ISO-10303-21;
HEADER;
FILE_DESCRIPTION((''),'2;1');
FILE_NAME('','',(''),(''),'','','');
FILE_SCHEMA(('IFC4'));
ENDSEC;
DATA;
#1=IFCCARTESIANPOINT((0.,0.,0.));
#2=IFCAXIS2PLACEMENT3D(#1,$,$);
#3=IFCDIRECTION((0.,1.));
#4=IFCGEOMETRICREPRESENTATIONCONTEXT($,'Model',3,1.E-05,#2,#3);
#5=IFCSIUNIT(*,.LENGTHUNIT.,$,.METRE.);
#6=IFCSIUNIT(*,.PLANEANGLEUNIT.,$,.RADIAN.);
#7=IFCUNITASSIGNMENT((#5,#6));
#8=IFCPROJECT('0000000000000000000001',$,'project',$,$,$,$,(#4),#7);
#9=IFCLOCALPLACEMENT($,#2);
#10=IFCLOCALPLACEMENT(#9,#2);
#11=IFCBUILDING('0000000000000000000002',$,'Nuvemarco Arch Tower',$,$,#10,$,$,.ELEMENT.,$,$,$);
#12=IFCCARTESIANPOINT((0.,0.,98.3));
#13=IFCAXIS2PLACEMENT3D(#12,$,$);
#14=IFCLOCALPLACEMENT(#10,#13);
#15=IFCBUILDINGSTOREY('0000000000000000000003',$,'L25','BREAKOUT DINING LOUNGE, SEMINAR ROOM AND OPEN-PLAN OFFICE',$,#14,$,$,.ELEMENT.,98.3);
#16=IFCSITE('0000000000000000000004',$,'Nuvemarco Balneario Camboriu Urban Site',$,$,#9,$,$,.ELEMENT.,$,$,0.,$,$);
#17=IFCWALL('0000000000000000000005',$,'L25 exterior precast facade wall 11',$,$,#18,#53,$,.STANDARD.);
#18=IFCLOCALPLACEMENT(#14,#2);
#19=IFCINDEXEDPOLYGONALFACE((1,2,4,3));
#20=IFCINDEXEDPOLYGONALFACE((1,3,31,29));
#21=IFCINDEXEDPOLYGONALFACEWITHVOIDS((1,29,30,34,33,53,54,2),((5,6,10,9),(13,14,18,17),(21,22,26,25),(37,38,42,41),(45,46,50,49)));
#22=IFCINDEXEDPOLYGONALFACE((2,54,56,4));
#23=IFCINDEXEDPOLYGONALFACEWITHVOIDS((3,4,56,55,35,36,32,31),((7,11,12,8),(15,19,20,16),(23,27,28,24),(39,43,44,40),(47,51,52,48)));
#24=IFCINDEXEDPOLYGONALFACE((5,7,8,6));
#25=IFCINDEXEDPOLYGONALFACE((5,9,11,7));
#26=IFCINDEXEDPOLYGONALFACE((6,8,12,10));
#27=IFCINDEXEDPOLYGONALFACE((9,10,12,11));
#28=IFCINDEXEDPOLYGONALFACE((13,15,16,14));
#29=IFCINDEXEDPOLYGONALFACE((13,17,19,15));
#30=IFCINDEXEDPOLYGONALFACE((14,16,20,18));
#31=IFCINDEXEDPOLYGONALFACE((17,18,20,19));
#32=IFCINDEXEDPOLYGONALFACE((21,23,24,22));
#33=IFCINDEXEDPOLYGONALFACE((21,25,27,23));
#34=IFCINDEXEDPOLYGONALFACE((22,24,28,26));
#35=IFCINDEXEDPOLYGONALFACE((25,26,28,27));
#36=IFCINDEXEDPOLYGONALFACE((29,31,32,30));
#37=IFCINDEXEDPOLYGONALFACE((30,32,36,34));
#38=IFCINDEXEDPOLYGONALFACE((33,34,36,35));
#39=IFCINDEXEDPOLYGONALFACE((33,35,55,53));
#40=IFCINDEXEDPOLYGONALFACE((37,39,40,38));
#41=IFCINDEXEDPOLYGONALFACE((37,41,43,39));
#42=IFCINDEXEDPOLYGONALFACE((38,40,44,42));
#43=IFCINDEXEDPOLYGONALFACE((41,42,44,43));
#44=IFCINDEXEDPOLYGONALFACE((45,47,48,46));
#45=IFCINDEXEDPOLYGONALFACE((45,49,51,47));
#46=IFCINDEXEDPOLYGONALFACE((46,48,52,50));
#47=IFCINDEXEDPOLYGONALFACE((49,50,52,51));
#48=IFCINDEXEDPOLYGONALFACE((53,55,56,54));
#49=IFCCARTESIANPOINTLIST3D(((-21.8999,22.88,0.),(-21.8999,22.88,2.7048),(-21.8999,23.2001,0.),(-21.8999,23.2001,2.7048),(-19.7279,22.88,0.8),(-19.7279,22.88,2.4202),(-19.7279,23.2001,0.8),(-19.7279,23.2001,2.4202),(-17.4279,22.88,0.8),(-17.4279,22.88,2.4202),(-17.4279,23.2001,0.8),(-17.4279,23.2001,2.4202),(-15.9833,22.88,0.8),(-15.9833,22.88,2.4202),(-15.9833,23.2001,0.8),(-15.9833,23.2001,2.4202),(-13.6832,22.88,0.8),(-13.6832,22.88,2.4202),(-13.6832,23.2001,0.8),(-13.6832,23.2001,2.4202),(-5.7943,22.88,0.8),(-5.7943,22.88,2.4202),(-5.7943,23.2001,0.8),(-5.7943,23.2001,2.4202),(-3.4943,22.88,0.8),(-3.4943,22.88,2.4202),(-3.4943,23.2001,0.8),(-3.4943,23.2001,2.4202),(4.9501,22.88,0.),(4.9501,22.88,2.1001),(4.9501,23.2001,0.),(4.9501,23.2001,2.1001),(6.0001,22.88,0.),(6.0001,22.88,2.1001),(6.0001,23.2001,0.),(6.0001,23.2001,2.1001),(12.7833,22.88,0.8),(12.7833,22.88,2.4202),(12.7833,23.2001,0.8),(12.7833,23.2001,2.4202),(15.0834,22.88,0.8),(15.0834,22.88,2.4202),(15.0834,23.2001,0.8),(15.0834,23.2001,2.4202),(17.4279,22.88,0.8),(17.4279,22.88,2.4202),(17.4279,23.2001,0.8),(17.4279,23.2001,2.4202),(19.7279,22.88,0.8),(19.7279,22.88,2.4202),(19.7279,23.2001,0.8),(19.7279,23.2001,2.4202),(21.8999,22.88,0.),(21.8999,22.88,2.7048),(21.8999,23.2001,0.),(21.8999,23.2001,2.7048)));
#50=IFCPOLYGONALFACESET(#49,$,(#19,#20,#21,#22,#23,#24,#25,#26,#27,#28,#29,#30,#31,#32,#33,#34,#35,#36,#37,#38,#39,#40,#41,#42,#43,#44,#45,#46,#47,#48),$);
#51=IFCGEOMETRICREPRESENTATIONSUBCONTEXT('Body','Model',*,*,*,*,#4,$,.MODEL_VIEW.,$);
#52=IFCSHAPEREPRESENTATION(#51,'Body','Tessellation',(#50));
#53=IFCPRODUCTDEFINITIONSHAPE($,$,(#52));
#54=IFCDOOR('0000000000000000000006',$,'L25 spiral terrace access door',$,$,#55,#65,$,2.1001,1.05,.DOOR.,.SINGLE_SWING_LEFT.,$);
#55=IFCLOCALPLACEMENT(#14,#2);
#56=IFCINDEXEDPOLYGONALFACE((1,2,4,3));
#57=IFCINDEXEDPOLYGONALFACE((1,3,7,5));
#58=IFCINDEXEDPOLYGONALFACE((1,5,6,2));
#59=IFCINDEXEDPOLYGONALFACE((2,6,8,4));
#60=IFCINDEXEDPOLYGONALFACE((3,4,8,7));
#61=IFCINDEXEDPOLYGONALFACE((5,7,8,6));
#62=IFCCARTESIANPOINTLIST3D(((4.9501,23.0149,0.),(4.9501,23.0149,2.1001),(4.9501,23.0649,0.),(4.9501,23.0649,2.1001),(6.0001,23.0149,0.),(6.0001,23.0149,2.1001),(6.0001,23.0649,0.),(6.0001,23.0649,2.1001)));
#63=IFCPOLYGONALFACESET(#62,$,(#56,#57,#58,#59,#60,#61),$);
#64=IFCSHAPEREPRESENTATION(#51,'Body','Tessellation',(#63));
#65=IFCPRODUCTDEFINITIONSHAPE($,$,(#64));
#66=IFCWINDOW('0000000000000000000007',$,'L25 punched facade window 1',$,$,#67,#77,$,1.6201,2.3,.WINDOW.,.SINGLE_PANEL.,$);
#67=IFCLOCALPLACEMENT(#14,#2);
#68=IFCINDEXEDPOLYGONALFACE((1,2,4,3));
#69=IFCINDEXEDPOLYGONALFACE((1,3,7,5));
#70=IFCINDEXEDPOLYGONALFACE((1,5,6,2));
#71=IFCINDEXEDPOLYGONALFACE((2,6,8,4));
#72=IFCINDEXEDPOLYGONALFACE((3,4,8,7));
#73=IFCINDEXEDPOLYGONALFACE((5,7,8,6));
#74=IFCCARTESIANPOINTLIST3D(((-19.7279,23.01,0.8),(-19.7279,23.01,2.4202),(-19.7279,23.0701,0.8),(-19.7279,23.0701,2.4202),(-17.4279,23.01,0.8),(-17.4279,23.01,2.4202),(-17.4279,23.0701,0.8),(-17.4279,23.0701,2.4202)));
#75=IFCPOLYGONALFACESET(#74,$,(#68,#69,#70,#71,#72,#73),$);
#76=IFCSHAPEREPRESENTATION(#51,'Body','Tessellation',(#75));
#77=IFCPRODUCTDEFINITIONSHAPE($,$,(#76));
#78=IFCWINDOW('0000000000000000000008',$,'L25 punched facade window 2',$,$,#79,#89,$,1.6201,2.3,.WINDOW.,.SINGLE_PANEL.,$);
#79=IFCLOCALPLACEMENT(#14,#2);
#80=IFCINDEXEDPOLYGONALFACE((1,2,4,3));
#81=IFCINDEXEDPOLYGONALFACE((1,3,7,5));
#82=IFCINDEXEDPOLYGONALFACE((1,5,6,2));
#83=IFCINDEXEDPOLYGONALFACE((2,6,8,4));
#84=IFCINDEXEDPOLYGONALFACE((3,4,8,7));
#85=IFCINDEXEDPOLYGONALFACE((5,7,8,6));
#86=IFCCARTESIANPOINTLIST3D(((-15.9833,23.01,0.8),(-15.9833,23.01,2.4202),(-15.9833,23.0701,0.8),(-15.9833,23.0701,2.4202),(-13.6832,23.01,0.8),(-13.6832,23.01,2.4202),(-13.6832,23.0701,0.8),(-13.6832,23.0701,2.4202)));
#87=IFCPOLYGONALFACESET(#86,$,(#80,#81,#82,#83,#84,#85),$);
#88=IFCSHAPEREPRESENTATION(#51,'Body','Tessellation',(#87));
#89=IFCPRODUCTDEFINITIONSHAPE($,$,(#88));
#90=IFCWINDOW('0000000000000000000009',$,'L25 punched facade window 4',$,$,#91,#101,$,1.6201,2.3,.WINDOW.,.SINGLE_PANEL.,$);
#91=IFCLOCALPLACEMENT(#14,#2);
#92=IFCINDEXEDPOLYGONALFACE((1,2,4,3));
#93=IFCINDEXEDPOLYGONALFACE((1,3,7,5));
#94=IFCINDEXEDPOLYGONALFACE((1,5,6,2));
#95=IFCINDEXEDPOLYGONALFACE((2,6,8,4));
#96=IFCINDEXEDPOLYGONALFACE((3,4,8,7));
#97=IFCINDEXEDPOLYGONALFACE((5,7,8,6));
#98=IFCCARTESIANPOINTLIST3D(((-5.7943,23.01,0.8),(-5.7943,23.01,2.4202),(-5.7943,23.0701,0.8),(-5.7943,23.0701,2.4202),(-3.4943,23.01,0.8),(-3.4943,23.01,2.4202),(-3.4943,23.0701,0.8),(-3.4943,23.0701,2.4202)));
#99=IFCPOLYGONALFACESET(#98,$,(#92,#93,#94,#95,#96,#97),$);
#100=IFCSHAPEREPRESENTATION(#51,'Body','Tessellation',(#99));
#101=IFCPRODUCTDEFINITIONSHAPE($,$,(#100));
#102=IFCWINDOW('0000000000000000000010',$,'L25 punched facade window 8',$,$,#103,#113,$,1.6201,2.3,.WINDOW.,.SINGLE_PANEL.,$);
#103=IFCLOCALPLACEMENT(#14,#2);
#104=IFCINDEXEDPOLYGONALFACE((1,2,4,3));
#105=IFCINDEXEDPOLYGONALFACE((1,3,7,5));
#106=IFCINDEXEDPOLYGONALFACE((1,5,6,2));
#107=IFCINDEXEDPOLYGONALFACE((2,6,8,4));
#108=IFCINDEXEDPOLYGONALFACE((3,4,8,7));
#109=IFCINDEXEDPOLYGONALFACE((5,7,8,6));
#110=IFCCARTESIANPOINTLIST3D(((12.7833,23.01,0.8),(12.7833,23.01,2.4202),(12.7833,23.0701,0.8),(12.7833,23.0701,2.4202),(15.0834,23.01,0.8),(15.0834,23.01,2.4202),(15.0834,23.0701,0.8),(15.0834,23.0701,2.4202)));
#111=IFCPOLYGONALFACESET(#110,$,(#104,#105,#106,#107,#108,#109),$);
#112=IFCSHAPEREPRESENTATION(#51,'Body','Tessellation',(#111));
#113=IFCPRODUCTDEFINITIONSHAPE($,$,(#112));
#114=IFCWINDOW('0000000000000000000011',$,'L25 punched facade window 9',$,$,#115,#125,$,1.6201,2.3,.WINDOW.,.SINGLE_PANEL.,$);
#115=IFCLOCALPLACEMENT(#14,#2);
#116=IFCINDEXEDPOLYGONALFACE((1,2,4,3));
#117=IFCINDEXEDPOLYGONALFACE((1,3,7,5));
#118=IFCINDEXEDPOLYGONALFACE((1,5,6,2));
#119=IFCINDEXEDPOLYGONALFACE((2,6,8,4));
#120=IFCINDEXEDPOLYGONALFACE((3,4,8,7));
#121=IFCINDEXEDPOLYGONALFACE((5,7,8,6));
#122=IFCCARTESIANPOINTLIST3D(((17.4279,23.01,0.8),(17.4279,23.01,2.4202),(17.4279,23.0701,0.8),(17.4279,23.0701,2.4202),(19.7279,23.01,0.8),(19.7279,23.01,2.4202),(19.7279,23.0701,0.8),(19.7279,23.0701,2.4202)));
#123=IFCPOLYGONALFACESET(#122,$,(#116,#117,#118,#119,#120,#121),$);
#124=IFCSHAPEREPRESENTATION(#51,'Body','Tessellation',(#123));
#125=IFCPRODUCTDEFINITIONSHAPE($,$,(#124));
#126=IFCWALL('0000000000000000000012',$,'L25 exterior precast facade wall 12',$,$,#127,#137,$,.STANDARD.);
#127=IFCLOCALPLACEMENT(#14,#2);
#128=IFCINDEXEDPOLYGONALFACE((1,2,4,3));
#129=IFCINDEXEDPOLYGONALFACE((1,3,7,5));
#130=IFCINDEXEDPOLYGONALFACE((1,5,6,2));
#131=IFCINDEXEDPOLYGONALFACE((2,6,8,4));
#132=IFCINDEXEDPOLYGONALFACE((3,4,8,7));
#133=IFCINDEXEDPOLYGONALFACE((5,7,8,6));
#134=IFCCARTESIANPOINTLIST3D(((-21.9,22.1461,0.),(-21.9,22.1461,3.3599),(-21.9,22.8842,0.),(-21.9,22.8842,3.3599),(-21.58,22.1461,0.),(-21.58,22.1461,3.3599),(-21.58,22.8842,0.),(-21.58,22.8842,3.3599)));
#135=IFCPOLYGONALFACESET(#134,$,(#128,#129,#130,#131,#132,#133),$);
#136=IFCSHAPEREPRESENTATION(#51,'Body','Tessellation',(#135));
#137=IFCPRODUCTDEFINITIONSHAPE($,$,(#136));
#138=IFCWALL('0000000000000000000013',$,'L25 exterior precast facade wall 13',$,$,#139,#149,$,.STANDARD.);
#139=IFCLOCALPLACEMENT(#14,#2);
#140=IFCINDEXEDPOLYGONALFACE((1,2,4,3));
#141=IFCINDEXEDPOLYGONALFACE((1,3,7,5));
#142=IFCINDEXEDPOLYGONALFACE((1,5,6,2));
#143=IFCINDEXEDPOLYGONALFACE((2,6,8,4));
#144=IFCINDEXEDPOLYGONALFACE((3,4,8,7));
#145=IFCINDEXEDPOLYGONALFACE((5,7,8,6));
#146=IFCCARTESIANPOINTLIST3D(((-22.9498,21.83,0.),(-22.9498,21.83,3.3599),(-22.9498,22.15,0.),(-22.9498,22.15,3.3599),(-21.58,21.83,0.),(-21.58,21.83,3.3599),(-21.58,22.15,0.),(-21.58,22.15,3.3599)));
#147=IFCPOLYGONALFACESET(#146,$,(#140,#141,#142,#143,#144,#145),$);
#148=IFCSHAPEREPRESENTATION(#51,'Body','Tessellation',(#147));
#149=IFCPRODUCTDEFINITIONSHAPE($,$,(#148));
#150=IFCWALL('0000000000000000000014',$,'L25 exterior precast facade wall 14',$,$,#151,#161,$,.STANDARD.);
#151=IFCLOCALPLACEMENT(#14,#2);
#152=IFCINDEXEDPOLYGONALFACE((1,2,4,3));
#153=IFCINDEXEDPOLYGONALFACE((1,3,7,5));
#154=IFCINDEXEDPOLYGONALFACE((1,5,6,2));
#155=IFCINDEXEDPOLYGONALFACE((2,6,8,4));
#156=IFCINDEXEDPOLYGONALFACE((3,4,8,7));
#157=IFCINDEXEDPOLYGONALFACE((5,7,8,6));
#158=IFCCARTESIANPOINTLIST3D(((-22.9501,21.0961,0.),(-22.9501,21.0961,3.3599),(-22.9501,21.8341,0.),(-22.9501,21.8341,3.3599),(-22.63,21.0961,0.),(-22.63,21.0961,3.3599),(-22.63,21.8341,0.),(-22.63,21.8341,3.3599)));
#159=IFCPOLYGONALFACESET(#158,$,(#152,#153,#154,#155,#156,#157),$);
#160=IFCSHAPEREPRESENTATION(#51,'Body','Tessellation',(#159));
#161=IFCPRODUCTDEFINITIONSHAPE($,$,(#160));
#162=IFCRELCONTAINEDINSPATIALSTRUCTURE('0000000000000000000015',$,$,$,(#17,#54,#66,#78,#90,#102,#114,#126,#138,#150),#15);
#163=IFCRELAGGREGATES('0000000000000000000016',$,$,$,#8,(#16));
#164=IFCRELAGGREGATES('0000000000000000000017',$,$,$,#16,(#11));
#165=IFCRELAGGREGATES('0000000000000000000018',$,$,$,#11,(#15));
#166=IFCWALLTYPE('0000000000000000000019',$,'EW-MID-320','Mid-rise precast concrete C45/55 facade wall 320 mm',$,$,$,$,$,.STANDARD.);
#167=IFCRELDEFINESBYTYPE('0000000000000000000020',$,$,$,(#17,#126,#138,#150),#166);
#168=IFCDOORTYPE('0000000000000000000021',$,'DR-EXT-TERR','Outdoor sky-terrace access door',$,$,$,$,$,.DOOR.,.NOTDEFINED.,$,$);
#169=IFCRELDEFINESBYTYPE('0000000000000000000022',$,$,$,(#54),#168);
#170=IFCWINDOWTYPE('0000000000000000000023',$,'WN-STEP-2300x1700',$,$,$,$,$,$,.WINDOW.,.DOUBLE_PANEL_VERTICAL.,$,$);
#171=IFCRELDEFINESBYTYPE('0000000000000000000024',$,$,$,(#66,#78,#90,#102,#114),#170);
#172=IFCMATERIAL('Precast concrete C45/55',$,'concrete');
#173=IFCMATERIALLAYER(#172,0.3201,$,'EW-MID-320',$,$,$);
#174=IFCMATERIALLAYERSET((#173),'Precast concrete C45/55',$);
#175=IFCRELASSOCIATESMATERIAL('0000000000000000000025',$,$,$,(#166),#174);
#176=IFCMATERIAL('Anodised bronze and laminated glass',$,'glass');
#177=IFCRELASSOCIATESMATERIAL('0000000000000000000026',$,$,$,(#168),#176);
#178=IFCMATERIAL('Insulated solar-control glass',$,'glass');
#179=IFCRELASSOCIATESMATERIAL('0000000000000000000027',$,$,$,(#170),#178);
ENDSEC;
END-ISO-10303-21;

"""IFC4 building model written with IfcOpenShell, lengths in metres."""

from ifc_helpers import new_model, si_unit, direction, frame, frame_2d, origin, place, context, subcontext, project, spatial, rectangle, extrude, source, transform, mapped, material, layer, layer_set, type_object, type_shapes, element, fill, save


model = new_model("IFC4")

# Units and contexts
model_context = context("Model", 3, precision=1e-05, world=origin(), true_north=direction((0.0, 1.0)))
body_context = subcontext(model_context, "Body", "Model", "MODEL_VIEW")
ifc_project = project(units=[si_unit("LENGTHUNIT", "METRE"), si_unit("PLANEANGLEUNIT", "RADIAN")], contexts=[model_context])

# Site, building, storey
site_placement = place(None, origin())
site = spatial("IfcSite", under=ifc_project, at=site_placement, Name="Nuvemarco Balneario Camboriu Urban Site", CompositionType="ELEMENT", RefElevation=0.0)
building_placement = place(site_placement, origin())
building = spatial("IfcBuilding", under=site, at=building_placement, Name="Nuvemarco Arch Tower", CompositionType="ELEMENT")
storey_placement = place(building_placement, frame((0.0, 0.0, 98.3)))
storey = spatial("IfcBuildingStorey", under=building, at=storey_placement, Name="L25", Description="BREAKOUT DINING LOUNGE, SEMINAR ROOM AND OPEN-PLAN OFFICE", CompositionType="ELEMENT", Elevation=98.3)

# Wall, openings, door, windows
ifc_material_1 = material(Name="Precast concrete C45/55", Category="concrete")
ifc_layer = layer(ifc_material_1, 0.3201, Name="EW-MID-320")
ifc_layer_set = layer_set([ifc_layer], Name="Precast concrete C45/55")
wall_type = type_object("IfcWallType", Name="EW-MID-320", Description="Mid-rise precast concrete C45/55 facade wall 320 mm", PredefinedType="STANDARD", material=ifc_layer_set)
wall_1_placement = place(storey_placement, frame((-21.8999, 23.04, 0.0), z_axis=(0.0, 0.0, 1.0), x_axis=(1.0, 0.0, 0.0)))
wall_1 = element("IfcWall", 1, at=wall_1_placement, inside=storey, type_object=wall_type, Name="L25 exterior precast facade wall 11", PredefinedType="STANDARD", context=body_context, shape_type="SweptSolid", body=[
    extrude(rectangle(XDim=43.7998, YDim=0.3201, at=frame_2d((21.8999, 0.0))), origin(), (0.0, 0.0, 1.0), 2.7048),
])
opening_1_placement = place(wall_1_placement, frame((26.8501, 0.0, 0.0)))
opening_1 = element("IfcOpeningElement", 2, at=opening_1_placement, cuts=wall_1, PredefinedType="OPENING", context=body_context, shape_type="SweptSolid", body=[
    extrude(rectangle(XDim=1.05, YDim=2.1001, at=frame_2d((0.5249, 1.05))), frame((0.0, 0.1699, 0.0), z_axis=(0.0, -1.0, 0.0), x_axis=(1.0, 0.0, 0.0)), (0.0, 0.0, 1.0), 0.3401),
])
opening_2_placement = place(wall_1_placement, frame((2.1721, 0.0, 0.8)))
opening_2 = element("IfcOpeningElement", 3, at=opening_2_placement, cuts=wall_1, PredefinedType="OPENING", context=body_context, shape_type="SweptSolid", body=[
    extrude(rectangle(XDim=2.3, YDim=1.6201, at=frame_2d((1.1499, 0.8101))), frame((0.0, 0.1699, 0.0), z_axis=(0.0, -1.0, 0.0), x_axis=(1.0, 0.0, 0.0)), (0.0, 0.0, 1.0), 0.3401),
])
opening_3_placement = place(wall_1_placement, frame((5.9167, 0.0, 0.8)))
opening_3 = element("IfcOpeningElement", 4, at=opening_3_placement, cuts=wall_1, PredefinedType="OPENING", context=body_context, shape_type="SweptSolid", body=[
    extrude(rectangle(XDim=2.3, YDim=1.6201, at=frame_2d((1.1499, 0.8101))), frame((0.0, 0.1699, 0.0), z_axis=(0.0, -1.0, 0.0), x_axis=(1.0, 0.0, 0.0)), (0.0, 0.0, 1.0), 0.3401),
])
opening_4_placement = place(wall_1_placement, frame((16.1057, 0.0, 0.8)))
opening_4 = element("IfcOpeningElement", 5, at=opening_4_placement, cuts=wall_1, PredefinedType="OPENING", context=body_context, shape_type="SweptSolid", body=[
    extrude(rectangle(XDim=2.3, YDim=1.6201, at=frame_2d((1.1499, 0.8101))), frame((0.0, 0.1699, 0.0), z_axis=(0.0, -1.0, 0.0), x_axis=(1.0, 0.0, 0.0)), (0.0, 0.0, 1.0), 0.3401),
])
opening_5_placement = place(wall_1_placement, frame((34.6833, 0.0, 0.8)))
opening_5 = element("IfcOpeningElement", 6, at=opening_5_placement, cuts=wall_1, PredefinedType="OPENING", context=body_context, shape_type="SweptSolid", body=[
    extrude(rectangle(XDim=2.3, YDim=1.6201, at=frame_2d((1.1499, 0.8101))), frame((0.0, 0.1699, 0.0), z_axis=(0.0, -1.0, 0.0), x_axis=(1.0, 0.0, 0.0)), (0.0, 0.0, 1.0), 0.3401),
])
opening_6_placement = place(wall_1_placement, frame((39.3279, 0.0, 0.8)))
opening_6 = element("IfcOpeningElement", 7, at=opening_6_placement, cuts=wall_1, PredefinedType="OPENING", context=body_context, shape_type="SweptSolid", body=[
    extrude(rectangle(XDim=2.3, YDim=1.6201, at=frame_2d((1.1499, 0.8101))), frame((0.0, 0.1699, 0.0), z_axis=(0.0, -1.0, 0.0), x_axis=(1.0, 0.0, 0.0)), (0.0, 0.0, 1.0), 0.3401),
])
ifc_material_2 = material(Name="Anodised bronze and laminated glass", Category="glass")
door_type = type_object("IfcDoorType", Name="DR-EXT-TERR", Description="Outdoor sky-terrace access door", OperationType="NOTDEFINED", PredefinedType="DOOR", material=ifc_material_2)
shared_shape_1 = source(origin(), body_context, "Body", "SweptSolid", [
    extrude(rectangle(XDim=1.05, YDim=2.1001, at=frame_2d((0.5249, 1.05))), frame((0.0, 0.0249, 0.0), z_axis=(0.0, -1.0, 0.0), x_axis=(1.0, 0.0, 0.0)), (0.0, 0.0, 1.0), 0.05),
])
type_shapes(door_type, [shared_shape_1])
door_placement = place(opening_1_placement, origin())
door = element("IfcDoor", 8, at=door_placement, inside=storey, type_object=door_type, Name="L25 spiral terrace access door", OperationType="SINGLE_SWING_LEFT", OverallHeight=2.1001, OverallWidth=1.05, PredefinedType="DOOR", context=body_context, shape_type="MappedRepresentation", body=[
    mapped(shared_shape_1, transform((0.0, 0.0, 0.0), scale=1.0)),
])
fill(opening_1, door)
ifc_material_3 = material(Name="Insulated solar-control glass", Category="glass")
window_type = type_object("IfcWindowType", Name="WN-STEP-2300x1700", PartitioningType="DOUBLE_PANEL_VERTICAL", PredefinedType="WINDOW", material=ifc_material_3)
shared_shape_2 = source(origin(), body_context, "Body", "SweptSolid", [
    extrude(rectangle(XDim=2.3, YDim=1.6201, at=frame_2d((1.1499, 0.8101))), frame((0.0, 0.03, 0.0), z_axis=(0.0, -1.0, 0.0), x_axis=(1.0, 0.0, 0.0)), (0.0, 0.0, 1.0), 0.0601),
])
type_shapes(window_type, [shared_shape_2])
window_1_placement = place(opening_2_placement, origin())
window_1 = element("IfcWindow", 9, at=window_1_placement, inside=storey, type_object=window_type, Name="L25 punched facade window 1", OverallHeight=1.6201, OverallWidth=2.3, PartitioningType="SINGLE_PANEL", PredefinedType="WINDOW", context=body_context, shape_type="MappedRepresentation", body=[
    mapped(shared_shape_2, transform((0.0, 0.0, 0.0), scale=1.0)),
])
fill(opening_2, window_1)
window_2_placement = place(opening_3_placement, origin())
window_2 = element("IfcWindow", 10, at=window_2_placement, inside=storey, type_object=window_type, Name="L25 punched facade window 2", OverallHeight=1.6201, OverallWidth=2.3, PartitioningType="SINGLE_PANEL", PredefinedType="WINDOW", context=body_context, shape_type="MappedRepresentation", body=[
    mapped(shared_shape_2, transform((0.0, 0.0, 0.0), scale=1.0)),
])
fill(opening_3, window_2)
window_3_placement = place(opening_4_placement, origin())
window_3 = element("IfcWindow", 11, at=window_3_placement, inside=storey, type_object=window_type, Name="L25 punched facade window 4", OverallHeight=1.6201, OverallWidth=2.3, PartitioningType="SINGLE_PANEL", PredefinedType="WINDOW", context=body_context, shape_type="MappedRepresentation", body=[
    mapped(shared_shape_2, transform((0.0, 0.0, 0.0), scale=1.0)),
])
fill(opening_4, window_3)
window_4_placement = place(opening_5_placement, origin())
window_4 = element("IfcWindow", 12, at=window_4_placement, inside=storey, type_object=window_type, Name="L25 punched facade window 8", OverallHeight=1.6201, OverallWidth=2.3, PartitioningType="SINGLE_PANEL", PredefinedType="WINDOW", context=body_context, shape_type="MappedRepresentation", body=[
    mapped(shared_shape_2, transform((0.0, 0.0, 0.0), scale=1.0)),
])
fill(opening_5, window_4)
window_5_placement = place(opening_6_placement, origin())
window_5 = element("IfcWindow", 13, at=window_5_placement, inside=storey, type_object=window_type, Name="L25 punched facade window 9", OverallHeight=1.6201, OverallWidth=2.3, PartitioningType="SINGLE_PANEL", PredefinedType="WINDOW", context=body_context, shape_type="MappedRepresentation", body=[
    mapped(shared_shape_2, transform((0.0, 0.0, 0.0), scale=1.0)),
])
fill(opening_6, window_5)

# Walls
wall_2_placement = place(storey_placement, frame((-21.74, 22.146, 0.0), z_axis=(0.0, 0.0, 1.0), x_axis=(0.0, 1.0, 0.0)))
element("IfcWall", 14, at=wall_2_placement, inside=storey, type_object=wall_type, Name="L25 exterior precast facade wall 12", PredefinedType="STANDARD", context=body_context, shape_type="SweptSolid", body=[
    extrude(rectangle(XDim=0.738, YDim=0.3201, at=frame_2d((0.3691, 0.0))), origin(), (0.0, 0.0, 1.0), 3.3599),
])
wall_3_placement = place(storey_placement, frame((-22.95, 21.99, 0.0), z_axis=(0.0, 0.0, 1.0), x_axis=(1.0, 0.0, 0.0)))
element("IfcWall", 15, at=wall_3_placement, inside=storey, type_object=wall_type, Name="L25 exterior precast facade wall 13", PredefinedType="STANDARD", context=body_context, shape_type="SweptSolid", body=[
    extrude(rectangle(XDim=1.3699, YDim=0.3201, at=frame_2d((0.6851, 0.0))), origin(), (0.0, 0.0, 1.0), 3.3599),
])
wall_4_placement = place(storey_placement, frame((-22.79, 21.0959, 0.0), z_axis=(0.0, 0.0, 1.0), x_axis=(0.0, 1.0, 0.0)))
element("IfcWall", 16, at=wall_4_placement, inside=storey, type_object=wall_type, Name="L25 exterior precast facade wall 14", PredefinedType="STANDARD", context=body_context, shape_type="SweptSolid", body=[
    extrude(rectangle(XDim=0.738, YDim=0.3201, at=frame_2d((0.3691, 0.0))), origin(), (0.0, 0.0, 1.0), 3.3599),
])

save(model, "model.ifc")
